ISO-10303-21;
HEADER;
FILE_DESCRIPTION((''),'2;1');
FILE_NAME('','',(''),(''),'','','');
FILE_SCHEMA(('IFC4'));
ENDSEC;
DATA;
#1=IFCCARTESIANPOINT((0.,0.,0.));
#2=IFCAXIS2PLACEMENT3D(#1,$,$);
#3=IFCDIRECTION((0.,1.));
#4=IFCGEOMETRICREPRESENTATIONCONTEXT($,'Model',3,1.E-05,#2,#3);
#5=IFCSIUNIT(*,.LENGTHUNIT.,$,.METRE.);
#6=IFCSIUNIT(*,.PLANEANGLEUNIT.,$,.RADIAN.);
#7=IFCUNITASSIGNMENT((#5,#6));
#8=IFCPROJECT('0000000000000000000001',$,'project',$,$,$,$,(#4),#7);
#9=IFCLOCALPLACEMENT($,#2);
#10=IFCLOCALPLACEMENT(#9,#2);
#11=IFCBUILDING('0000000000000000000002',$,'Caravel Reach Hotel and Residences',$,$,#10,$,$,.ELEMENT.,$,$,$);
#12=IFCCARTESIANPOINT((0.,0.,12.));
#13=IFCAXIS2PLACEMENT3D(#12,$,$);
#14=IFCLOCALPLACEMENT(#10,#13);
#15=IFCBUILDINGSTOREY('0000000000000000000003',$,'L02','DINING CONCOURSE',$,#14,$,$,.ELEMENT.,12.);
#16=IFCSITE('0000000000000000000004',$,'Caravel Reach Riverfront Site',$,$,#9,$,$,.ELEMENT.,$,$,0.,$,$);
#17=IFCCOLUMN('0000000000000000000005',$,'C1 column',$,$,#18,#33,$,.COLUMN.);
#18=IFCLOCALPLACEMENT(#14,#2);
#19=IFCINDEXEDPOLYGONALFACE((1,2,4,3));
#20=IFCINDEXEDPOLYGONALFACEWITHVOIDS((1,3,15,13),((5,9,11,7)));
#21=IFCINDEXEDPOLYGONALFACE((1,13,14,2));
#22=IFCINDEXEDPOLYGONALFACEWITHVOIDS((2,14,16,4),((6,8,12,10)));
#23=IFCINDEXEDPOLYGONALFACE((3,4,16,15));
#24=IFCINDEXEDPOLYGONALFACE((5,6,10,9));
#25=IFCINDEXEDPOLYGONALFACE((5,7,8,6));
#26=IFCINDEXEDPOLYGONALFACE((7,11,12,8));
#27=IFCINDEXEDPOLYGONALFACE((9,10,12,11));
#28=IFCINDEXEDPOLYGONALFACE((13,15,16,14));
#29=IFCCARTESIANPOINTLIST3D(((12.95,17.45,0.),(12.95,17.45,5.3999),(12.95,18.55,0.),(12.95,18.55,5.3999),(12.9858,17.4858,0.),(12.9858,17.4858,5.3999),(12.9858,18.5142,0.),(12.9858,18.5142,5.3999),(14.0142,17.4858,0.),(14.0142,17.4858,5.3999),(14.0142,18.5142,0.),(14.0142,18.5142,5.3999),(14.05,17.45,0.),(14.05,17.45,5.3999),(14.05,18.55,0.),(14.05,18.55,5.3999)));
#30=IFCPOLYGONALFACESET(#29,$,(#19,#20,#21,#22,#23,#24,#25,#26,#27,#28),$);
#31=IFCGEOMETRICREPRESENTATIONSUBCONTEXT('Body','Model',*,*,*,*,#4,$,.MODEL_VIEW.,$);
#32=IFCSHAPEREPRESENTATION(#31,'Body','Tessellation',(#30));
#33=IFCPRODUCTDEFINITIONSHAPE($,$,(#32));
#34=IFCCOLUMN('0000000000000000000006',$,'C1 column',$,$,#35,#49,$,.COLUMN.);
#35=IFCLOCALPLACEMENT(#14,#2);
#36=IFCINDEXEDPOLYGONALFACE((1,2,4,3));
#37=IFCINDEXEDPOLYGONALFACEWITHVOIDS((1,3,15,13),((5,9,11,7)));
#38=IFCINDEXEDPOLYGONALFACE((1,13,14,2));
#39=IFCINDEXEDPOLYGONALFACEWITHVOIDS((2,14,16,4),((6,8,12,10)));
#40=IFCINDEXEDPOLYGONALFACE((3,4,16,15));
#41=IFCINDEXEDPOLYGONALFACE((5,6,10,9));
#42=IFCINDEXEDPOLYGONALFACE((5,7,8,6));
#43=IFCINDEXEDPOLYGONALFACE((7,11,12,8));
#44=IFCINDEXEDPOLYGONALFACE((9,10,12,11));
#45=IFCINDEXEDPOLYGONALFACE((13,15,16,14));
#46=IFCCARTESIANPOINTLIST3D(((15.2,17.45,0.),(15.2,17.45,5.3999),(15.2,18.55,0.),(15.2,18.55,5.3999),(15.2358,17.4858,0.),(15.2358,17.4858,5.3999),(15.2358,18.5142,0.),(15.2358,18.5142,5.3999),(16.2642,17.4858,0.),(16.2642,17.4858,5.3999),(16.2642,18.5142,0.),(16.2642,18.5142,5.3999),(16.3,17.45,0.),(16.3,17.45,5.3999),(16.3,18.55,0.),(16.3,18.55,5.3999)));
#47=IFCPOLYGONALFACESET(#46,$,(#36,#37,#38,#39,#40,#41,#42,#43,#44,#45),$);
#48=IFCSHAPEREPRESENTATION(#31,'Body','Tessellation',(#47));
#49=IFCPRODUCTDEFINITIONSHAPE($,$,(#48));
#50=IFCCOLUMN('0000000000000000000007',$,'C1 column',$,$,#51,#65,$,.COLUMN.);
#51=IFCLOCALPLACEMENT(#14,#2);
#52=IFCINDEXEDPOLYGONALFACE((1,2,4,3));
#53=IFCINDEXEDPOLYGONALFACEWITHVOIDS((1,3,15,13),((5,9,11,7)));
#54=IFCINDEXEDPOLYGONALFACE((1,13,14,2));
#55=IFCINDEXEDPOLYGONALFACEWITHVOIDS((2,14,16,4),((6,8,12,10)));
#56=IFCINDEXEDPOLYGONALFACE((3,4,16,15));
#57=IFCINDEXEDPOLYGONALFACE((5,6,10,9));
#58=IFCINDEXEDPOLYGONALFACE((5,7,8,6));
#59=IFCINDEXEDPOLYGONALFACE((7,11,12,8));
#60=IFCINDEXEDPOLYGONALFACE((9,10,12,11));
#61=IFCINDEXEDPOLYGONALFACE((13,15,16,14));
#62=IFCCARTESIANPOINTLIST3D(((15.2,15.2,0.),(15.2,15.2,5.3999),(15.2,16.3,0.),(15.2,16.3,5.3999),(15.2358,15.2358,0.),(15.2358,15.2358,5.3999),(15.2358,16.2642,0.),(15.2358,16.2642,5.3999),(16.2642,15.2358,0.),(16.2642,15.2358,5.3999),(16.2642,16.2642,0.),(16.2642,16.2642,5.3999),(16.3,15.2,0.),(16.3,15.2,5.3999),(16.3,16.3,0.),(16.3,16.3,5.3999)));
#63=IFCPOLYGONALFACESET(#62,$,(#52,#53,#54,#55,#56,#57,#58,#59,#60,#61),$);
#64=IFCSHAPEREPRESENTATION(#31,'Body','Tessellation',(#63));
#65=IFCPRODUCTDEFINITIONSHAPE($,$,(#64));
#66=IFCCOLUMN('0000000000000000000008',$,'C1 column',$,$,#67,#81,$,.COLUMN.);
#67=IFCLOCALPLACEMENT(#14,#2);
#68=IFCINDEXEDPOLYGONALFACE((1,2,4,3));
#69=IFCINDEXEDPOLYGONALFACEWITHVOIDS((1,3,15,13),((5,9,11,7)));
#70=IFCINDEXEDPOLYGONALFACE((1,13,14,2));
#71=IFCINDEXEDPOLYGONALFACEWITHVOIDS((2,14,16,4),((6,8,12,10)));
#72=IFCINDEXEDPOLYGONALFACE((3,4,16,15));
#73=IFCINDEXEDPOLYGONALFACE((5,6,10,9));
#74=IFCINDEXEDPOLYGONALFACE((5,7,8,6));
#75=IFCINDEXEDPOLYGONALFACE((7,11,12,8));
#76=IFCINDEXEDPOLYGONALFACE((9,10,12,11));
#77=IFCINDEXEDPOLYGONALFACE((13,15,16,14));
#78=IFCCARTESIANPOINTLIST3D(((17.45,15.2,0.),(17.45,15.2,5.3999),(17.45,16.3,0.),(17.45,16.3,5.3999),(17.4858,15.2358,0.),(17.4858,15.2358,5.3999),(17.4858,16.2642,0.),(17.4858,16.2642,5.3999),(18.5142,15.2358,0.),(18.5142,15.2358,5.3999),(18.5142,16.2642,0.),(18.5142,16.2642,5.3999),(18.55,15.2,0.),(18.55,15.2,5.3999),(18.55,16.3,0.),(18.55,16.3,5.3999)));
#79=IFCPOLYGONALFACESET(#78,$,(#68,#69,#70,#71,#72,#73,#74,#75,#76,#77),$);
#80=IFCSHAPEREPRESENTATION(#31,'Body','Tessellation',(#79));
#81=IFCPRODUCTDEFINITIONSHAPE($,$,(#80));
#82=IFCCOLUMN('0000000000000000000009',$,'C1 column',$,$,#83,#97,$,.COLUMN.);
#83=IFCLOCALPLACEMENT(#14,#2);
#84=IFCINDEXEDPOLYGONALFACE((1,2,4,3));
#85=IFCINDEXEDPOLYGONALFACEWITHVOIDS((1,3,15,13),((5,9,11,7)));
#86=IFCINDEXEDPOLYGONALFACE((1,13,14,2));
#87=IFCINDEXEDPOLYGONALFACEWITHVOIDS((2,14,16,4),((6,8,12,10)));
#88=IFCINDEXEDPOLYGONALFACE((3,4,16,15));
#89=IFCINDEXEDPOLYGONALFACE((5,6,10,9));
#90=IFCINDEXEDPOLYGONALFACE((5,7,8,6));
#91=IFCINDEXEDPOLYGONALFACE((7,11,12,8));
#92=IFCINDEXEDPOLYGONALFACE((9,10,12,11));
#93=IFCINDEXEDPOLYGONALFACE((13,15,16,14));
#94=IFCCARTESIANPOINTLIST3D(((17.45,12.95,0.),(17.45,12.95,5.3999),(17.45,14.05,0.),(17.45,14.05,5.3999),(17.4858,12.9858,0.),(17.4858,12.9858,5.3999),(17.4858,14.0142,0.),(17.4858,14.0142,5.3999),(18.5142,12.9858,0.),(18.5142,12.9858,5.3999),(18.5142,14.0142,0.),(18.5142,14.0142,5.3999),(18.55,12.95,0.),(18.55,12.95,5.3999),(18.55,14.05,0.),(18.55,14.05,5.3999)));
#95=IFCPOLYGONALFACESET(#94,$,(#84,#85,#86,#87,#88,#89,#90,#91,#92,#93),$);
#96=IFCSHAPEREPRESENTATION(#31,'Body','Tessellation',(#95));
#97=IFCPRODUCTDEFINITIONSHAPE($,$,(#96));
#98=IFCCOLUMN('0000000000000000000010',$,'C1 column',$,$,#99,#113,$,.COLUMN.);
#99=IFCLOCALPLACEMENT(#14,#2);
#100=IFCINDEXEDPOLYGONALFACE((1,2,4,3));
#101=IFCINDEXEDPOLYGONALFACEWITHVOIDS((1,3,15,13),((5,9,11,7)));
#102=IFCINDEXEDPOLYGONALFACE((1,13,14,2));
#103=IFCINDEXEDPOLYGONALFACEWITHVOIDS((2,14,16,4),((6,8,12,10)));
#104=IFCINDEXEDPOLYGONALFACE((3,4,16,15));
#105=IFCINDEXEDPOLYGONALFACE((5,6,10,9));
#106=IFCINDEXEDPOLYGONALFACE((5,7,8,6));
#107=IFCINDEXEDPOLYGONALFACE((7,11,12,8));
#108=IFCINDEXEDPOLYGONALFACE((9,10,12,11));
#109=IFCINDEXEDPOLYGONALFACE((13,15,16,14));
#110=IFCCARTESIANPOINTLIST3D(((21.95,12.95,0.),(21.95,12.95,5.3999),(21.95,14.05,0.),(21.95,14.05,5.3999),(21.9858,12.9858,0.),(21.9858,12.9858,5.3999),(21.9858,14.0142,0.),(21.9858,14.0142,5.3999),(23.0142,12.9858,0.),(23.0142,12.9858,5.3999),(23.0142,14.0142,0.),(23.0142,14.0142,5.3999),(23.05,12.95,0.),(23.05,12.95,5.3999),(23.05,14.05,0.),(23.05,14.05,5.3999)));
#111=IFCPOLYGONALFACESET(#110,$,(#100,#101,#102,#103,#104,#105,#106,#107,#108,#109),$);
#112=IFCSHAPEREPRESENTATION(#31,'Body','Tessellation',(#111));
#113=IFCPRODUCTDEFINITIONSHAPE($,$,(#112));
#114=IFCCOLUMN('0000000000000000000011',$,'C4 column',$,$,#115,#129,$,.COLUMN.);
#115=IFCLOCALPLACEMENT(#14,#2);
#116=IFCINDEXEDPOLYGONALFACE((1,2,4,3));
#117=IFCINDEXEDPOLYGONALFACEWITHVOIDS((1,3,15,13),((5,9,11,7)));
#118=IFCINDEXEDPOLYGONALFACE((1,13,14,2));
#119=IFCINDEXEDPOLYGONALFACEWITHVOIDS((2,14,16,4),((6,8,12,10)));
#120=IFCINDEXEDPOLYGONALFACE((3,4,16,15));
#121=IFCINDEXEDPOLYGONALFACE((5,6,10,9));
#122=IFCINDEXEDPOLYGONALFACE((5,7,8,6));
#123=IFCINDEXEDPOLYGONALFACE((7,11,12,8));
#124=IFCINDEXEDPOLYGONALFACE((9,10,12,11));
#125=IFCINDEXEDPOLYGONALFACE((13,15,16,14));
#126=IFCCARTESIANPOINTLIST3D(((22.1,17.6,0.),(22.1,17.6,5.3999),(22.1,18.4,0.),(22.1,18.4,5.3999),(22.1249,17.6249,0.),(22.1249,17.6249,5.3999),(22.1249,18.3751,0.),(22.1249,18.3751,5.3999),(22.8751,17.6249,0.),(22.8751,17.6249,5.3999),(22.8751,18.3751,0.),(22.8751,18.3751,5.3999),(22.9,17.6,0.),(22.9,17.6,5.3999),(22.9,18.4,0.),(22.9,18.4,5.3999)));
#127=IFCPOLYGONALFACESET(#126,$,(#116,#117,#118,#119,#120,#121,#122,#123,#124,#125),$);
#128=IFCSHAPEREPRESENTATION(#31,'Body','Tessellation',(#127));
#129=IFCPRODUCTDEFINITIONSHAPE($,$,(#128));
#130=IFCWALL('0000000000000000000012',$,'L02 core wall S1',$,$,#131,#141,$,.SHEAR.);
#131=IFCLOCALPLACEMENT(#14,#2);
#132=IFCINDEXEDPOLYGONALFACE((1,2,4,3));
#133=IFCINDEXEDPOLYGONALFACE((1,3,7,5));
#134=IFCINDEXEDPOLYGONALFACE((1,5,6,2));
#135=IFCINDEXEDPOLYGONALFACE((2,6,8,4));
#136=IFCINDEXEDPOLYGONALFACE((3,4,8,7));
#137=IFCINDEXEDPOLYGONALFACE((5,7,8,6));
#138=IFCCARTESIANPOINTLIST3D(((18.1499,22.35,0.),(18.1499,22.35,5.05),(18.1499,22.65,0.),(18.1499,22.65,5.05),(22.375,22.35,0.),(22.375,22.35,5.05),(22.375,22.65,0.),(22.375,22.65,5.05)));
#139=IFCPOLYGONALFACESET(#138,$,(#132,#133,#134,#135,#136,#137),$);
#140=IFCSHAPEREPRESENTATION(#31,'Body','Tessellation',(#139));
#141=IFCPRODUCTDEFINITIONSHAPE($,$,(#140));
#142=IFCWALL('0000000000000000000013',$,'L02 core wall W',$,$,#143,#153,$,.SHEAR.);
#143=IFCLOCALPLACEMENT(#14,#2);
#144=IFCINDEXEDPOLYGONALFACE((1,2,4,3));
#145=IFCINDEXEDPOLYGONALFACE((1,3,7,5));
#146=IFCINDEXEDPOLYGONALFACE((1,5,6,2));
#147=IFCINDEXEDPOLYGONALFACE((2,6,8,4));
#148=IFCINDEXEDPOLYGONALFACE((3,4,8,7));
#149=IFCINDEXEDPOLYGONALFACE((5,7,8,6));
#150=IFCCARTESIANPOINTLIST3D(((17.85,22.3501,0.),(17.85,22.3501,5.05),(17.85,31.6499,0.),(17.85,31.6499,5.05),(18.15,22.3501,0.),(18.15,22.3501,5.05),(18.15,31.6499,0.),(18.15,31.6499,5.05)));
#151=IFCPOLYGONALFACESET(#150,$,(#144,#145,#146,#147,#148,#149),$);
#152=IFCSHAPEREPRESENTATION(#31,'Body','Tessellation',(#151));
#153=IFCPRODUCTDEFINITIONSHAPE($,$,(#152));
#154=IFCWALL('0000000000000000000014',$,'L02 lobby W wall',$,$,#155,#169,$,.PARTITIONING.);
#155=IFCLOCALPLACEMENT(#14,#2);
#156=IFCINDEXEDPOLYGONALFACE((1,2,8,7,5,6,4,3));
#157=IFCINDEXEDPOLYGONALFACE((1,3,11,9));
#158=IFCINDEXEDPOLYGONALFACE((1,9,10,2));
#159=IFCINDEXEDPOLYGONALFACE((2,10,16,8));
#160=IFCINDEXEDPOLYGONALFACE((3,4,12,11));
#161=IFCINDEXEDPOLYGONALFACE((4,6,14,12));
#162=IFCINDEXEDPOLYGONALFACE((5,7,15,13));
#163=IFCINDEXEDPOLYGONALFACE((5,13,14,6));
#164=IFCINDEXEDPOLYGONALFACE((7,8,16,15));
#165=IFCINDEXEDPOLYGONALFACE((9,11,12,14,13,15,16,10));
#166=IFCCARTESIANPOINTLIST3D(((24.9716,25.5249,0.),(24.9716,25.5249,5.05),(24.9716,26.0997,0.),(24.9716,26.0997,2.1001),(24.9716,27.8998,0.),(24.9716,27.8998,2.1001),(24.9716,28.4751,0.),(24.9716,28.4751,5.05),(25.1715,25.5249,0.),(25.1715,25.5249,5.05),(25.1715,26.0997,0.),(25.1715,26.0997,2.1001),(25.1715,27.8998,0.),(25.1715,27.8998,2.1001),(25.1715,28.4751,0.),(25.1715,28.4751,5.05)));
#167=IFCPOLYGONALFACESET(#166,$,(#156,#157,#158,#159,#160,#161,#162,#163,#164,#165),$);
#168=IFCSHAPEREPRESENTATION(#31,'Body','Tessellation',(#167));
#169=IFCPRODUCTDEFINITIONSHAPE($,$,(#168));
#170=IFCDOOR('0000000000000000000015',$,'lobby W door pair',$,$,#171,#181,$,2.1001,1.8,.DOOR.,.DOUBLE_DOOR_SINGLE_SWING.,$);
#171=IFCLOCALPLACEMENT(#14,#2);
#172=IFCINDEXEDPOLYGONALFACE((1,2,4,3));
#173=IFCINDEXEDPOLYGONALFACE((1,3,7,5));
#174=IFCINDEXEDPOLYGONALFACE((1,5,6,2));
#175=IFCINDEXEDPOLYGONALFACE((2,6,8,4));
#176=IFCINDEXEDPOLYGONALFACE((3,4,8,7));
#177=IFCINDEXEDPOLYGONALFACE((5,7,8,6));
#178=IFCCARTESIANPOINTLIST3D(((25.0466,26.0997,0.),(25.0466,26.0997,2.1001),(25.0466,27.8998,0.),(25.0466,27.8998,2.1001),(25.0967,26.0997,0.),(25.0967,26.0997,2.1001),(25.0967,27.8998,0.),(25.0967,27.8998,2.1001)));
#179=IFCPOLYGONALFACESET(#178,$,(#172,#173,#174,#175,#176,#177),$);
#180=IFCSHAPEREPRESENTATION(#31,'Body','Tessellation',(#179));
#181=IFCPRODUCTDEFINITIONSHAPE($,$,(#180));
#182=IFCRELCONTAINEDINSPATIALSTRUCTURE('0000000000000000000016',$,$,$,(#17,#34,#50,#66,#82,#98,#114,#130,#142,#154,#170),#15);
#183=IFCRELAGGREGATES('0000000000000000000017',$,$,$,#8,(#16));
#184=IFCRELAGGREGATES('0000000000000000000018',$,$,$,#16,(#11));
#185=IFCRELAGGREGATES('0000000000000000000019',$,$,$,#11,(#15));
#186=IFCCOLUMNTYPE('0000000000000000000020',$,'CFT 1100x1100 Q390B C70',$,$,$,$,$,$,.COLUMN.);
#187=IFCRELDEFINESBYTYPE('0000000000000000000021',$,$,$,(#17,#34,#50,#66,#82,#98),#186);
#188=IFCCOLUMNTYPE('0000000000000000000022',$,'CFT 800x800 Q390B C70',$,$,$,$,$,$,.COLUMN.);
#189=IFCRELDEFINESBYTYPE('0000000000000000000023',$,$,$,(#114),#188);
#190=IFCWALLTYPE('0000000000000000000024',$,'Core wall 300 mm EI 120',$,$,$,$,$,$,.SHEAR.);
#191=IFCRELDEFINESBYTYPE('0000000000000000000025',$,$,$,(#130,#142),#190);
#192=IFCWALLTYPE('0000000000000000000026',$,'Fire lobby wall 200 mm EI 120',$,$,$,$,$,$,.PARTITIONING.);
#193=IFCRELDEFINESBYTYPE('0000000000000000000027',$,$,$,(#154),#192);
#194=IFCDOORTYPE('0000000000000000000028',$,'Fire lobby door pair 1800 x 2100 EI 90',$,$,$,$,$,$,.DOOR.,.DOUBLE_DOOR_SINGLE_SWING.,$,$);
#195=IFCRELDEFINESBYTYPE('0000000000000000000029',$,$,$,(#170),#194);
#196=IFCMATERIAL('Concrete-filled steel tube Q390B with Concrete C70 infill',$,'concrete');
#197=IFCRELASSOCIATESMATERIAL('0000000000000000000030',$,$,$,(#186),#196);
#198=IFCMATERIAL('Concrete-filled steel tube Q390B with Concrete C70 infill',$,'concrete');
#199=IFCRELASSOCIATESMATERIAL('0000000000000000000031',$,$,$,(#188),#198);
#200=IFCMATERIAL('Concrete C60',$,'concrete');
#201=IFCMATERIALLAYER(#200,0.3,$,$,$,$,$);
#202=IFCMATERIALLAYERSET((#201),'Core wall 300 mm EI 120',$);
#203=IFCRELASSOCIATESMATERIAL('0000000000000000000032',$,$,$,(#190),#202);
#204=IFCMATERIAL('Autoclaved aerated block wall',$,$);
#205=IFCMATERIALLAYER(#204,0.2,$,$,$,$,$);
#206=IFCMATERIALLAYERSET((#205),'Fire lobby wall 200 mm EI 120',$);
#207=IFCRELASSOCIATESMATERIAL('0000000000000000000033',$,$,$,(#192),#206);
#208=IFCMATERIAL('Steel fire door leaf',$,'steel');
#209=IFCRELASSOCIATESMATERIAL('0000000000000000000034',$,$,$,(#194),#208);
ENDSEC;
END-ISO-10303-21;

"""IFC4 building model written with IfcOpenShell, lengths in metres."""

from ifc_helpers import new_model, si_unit, direction, frame, frame_2d, origin, origin_2d, place, context, subcontext, project, spatial, rectangle, hollow_rectangle, extrude, material, layer, layer_set, material_profile, profile_set, type_object, element, fill, save


model = new_model("IFC4")

# Units and contexts
model_context = context("Model", 3, precision=1e-05, world=origin(), true_north=direction((0.0, 1.0)))
body_context = subcontext(model_context, "Body", "Model", "MODEL_VIEW")
ifc_project = project(units=[si_unit("LENGTHUNIT", "METRE"), si_unit("PLANEANGLEUNIT", "RADIAN")], contexts=[model_context])

# Site, building, storey
site_placement = place(None, origin())
site = spatial("IfcSite", under=ifc_project, at=site_placement, Name="Caravel Reach Riverfront Site", CompositionType="ELEMENT", RefElevation=0.0)
building_placement = place(site_placement, origin())
building = spatial("IfcBuilding", under=site, at=building_placement, Name="Caravel Reach Hotel and Residences", CompositionType="ELEMENT")
storey_placement = place(building_placement, frame((0.0, 0.0, 12.0)))
storey = spatial("IfcBuildingStorey", under=building, at=storey_placement, Name="L02", Description="DINING CONCOURSE", CompositionType="ELEMENT", Elevation=12.0)

# Columns
ifc_material_1 = material(Name="Concrete-filled steel tube Q390B with Concrete C70 infill", Category="concrete")
ifc_material_profile_1 = material_profile(ifc_material_1, hollow_rectangle(XDim=1.1001, YDim=1.1001, WallThickness=0.0359, at=origin_2d()), Name="RHS 1100x1100x36")
ifc_profile_set_1 = profile_set([ifc_material_profile_1], Name="Concrete-filled steel tube Q390B with Concrete C70 infill")
column_type_1 = type_object("IfcColumnType", Name="CFT 1100x1100 Q390B C70", PredefinedType="COLUMN", material=ifc_profile_set_1)
for number, where, z_axis, x_axis, name in (
    (1, (13.5, 18.0, 0.0), (0.0, 0.0, 1.0), (1.0, 0.0, 0.0), "C1 column"),
    (2, (15.75, 18.0, 0.0), (0.0, 0.0, 1.0), (1.0, 0.0, 0.0), "C1 column"),
    (3, (15.75, 15.75, 0.0), (0.0, 0.0, 1.0), (1.0, 0.0, 0.0), "C1 column"),
    (4, (18.0, 15.75, 0.0), (0.0, 0.0, 1.0), (1.0, 0.0, 0.0), "C1 column"),
    (5, (18.0, 13.5, 0.0), (0.0, 0.0, 1.0), (1.0, 0.0, 0.0), "C1 column"),
    (6, (22.5, 13.5, 0.0), (0.0, 0.0, 1.0), (1.0, 0.0, 0.0), "C1 column"),
):
    element("IfcColumn", number, at=place(storey_placement, frame(where, z_axis=z_axis, x_axis=x_axis)), inside=storey, type_object=column_type_1, Name=name, PredefinedType="COLUMN", context=body_context, shape_type="SweptSolid", body=[
        extrude(hollow_rectangle(XDim=1.1001, YDim=1.1001, WallThickness=0.0359, at=origin_2d()), origin(), (0.0, 0.0, 1.0), 5.3999),
    ])
ifc_material_2 = material(Name="Concrete-filled steel tube Q390B with Concrete C70 infill", Category="concrete")
ifc_material_profile_2 = material_profile(ifc_material_2, hollow_rectangle(XDim=0.8, YDim=0.8, WallThickness=0.0249, at=origin_2d()), Name="RHS 800x800x25")
ifc_profile_set_2 = profile_set([ifc_material_profile_2], Name="Concrete-filled steel tube Q390B with Concrete C70 infill")
column_type_2 = type_object("IfcColumnType", Name="CFT 800x800 Q390B C70", PredefinedType="COLUMN", material=ifc_profile_set_2)
column_placement = place(storey_placement, frame((22.5, 18.0, 0.0), z_axis=(0.0, 0.0, 1.0), x_axis=(1.0, 0.0, 0.0)))
element("IfcColumn", 7, at=column_placement, inside=storey, type_object=column_type_2, Name="C4 column", PredefinedType="COLUMN", context=body_context, shape_type="SweptSolid", body=[
    extrude(hollow_rectangle(XDim=0.8, YDim=0.8, WallThickness=0.0249, at=origin_2d()), origin(), (0.0, 0.0, 1.0), 5.3999),
])

# Walls
ifc_material_3 = material(Name="Concrete C60", Category="concrete")
ifc_layer_1 = layer(ifc_material_3, 0.3)
ifc_layer_set_1 = layer_set([ifc_layer_1], Name="Core wall 300 mm EI 120")
wall_type_1 = type_object("IfcWallType", Name="Core wall 300 mm EI 120", PredefinedType="SHEAR", material=ifc_layer_set_1)
wall_1_placement = place(storey_placement, frame((18.1499, 22.5, 0.0), z_axis=(0.0, 0.0, 1.0), x_axis=(1.0, 0.0, 0.0)))
element("IfcWall", 8, at=wall_1_placement, inside=storey, type_object=wall_type_1, Name="L02 core wall S1", PredefinedType="SHEAR", context=body_context, shape_type="SweptSolid", body=[
    extrude(rectangle(XDim=4.2251, YDim=0.3, at=frame_2d((2.1125, 0.0))), origin(), (0.0, 0.0, 1.0), 5.05),
])
wall_2_placement = place(storey_placement, frame((18.0, 22.3501, 0.0), z_axis=(0.0, 0.0, 1.0), x_axis=(0.0, 1.0, 0.0)))
element("IfcWall", 9, at=wall_2_placement, inside=storey, type_object=wall_type_1, Name="L02 core wall W", PredefinedType="SHEAR", context=body_context, shape_type="SweptSolid", body=[
    extrude(rectangle(XDim=9.2998, YDim=0.3, at=frame_2d((4.6499, 0.0))), origin(), (0.0, 0.0, 1.0), 5.05),
])

# Wall, opening, door
ifc_material_4 = material(Name="Autoclaved aerated block wall")
ifc_layer_2 = layer(ifc_material_4, 0.2)
ifc_layer_set_2 = layer_set([ifc_layer_2], Name="Fire lobby wall 200 mm EI 120")
wall_type_2 = type_object("IfcWallType", Name="Fire lobby wall 200 mm EI 120", PredefinedType="PARTITIONING", material=ifc_layer_set_2)
wall_3_placement = place(storey_placement, frame((25.0715, 25.5249, 0.0), z_axis=(0.0, 0.0, 1.0), x_axis=(0.0, 1.0, 0.0)))
wall_3 = element("IfcWall", 10, at=wall_3_placement, inside=storey, type_object=wall_type_2, Name="L02 lobby W wall", PredefinedType="PARTITIONING", context=body_context, shape_type="SweptSolid", body=[
    extrude(rectangle(XDim=2.9502, YDim=0.2, at=frame_2d((1.4751, 0.0))), origin(), (0.0, 0.0, 1.0), 5.05),
])
opening_1_placement = place(wall_3_placement, frame((0.575, 0.0, 0.0)))
opening_1 = element("IfcOpeningElement", 11, at=opening_1_placement, cuts=wall_3, PredefinedType="OPENING", context=body_context, shape_type="SweptSolid", body=[
    extrude(rectangle(XDim=1.8, YDim=2.1001, at=frame_2d((0.8999, 1.05))), frame((0.0, 0.1099, 0.0), z_axis=(0.0, -1.0, 0.0), x_axis=(1.0, 0.0, 0.0)), (0.0, 0.0, 1.0), 0.22),
])
ifc_material_5 = material(Name="Steel fire door leaf", Category="steel")
door_type_1 = type_object("IfcDoorType", Name="Fire lobby door pair 1800 x 2100 EI 90", OperationType="DOUBLE_DOOR_SINGLE_SWING", PredefinedType="DOOR", material=ifc_material_5)
door_1_placement = place(opening_1_placement, origin())
door_1 = element("IfcDoor", 12, at=door_1_placement, inside=storey, type_object=door_type_1, Name="lobby W door pair", OperationType="DOUBLE_DOOR_SINGLE_SWING", OverallHeight=2.1001, OverallWidth=1.8, PredefinedType="DOOR", context=body_context, shape_type="SweptSolid", body=[
    extrude(rectangle(XDim=1.8, YDim=2.1001, at=frame_2d((0.8999, 1.05))), frame((0.0, 0.0249, 0.0), z_axis=(0.0, -1.0, 0.0), x_axis=(1.0, 0.0, 0.0)), (0.0, 0.0, 1.0), 0.05),
])
fill(opening_1, door_1)

save(model, "model.ifc")
